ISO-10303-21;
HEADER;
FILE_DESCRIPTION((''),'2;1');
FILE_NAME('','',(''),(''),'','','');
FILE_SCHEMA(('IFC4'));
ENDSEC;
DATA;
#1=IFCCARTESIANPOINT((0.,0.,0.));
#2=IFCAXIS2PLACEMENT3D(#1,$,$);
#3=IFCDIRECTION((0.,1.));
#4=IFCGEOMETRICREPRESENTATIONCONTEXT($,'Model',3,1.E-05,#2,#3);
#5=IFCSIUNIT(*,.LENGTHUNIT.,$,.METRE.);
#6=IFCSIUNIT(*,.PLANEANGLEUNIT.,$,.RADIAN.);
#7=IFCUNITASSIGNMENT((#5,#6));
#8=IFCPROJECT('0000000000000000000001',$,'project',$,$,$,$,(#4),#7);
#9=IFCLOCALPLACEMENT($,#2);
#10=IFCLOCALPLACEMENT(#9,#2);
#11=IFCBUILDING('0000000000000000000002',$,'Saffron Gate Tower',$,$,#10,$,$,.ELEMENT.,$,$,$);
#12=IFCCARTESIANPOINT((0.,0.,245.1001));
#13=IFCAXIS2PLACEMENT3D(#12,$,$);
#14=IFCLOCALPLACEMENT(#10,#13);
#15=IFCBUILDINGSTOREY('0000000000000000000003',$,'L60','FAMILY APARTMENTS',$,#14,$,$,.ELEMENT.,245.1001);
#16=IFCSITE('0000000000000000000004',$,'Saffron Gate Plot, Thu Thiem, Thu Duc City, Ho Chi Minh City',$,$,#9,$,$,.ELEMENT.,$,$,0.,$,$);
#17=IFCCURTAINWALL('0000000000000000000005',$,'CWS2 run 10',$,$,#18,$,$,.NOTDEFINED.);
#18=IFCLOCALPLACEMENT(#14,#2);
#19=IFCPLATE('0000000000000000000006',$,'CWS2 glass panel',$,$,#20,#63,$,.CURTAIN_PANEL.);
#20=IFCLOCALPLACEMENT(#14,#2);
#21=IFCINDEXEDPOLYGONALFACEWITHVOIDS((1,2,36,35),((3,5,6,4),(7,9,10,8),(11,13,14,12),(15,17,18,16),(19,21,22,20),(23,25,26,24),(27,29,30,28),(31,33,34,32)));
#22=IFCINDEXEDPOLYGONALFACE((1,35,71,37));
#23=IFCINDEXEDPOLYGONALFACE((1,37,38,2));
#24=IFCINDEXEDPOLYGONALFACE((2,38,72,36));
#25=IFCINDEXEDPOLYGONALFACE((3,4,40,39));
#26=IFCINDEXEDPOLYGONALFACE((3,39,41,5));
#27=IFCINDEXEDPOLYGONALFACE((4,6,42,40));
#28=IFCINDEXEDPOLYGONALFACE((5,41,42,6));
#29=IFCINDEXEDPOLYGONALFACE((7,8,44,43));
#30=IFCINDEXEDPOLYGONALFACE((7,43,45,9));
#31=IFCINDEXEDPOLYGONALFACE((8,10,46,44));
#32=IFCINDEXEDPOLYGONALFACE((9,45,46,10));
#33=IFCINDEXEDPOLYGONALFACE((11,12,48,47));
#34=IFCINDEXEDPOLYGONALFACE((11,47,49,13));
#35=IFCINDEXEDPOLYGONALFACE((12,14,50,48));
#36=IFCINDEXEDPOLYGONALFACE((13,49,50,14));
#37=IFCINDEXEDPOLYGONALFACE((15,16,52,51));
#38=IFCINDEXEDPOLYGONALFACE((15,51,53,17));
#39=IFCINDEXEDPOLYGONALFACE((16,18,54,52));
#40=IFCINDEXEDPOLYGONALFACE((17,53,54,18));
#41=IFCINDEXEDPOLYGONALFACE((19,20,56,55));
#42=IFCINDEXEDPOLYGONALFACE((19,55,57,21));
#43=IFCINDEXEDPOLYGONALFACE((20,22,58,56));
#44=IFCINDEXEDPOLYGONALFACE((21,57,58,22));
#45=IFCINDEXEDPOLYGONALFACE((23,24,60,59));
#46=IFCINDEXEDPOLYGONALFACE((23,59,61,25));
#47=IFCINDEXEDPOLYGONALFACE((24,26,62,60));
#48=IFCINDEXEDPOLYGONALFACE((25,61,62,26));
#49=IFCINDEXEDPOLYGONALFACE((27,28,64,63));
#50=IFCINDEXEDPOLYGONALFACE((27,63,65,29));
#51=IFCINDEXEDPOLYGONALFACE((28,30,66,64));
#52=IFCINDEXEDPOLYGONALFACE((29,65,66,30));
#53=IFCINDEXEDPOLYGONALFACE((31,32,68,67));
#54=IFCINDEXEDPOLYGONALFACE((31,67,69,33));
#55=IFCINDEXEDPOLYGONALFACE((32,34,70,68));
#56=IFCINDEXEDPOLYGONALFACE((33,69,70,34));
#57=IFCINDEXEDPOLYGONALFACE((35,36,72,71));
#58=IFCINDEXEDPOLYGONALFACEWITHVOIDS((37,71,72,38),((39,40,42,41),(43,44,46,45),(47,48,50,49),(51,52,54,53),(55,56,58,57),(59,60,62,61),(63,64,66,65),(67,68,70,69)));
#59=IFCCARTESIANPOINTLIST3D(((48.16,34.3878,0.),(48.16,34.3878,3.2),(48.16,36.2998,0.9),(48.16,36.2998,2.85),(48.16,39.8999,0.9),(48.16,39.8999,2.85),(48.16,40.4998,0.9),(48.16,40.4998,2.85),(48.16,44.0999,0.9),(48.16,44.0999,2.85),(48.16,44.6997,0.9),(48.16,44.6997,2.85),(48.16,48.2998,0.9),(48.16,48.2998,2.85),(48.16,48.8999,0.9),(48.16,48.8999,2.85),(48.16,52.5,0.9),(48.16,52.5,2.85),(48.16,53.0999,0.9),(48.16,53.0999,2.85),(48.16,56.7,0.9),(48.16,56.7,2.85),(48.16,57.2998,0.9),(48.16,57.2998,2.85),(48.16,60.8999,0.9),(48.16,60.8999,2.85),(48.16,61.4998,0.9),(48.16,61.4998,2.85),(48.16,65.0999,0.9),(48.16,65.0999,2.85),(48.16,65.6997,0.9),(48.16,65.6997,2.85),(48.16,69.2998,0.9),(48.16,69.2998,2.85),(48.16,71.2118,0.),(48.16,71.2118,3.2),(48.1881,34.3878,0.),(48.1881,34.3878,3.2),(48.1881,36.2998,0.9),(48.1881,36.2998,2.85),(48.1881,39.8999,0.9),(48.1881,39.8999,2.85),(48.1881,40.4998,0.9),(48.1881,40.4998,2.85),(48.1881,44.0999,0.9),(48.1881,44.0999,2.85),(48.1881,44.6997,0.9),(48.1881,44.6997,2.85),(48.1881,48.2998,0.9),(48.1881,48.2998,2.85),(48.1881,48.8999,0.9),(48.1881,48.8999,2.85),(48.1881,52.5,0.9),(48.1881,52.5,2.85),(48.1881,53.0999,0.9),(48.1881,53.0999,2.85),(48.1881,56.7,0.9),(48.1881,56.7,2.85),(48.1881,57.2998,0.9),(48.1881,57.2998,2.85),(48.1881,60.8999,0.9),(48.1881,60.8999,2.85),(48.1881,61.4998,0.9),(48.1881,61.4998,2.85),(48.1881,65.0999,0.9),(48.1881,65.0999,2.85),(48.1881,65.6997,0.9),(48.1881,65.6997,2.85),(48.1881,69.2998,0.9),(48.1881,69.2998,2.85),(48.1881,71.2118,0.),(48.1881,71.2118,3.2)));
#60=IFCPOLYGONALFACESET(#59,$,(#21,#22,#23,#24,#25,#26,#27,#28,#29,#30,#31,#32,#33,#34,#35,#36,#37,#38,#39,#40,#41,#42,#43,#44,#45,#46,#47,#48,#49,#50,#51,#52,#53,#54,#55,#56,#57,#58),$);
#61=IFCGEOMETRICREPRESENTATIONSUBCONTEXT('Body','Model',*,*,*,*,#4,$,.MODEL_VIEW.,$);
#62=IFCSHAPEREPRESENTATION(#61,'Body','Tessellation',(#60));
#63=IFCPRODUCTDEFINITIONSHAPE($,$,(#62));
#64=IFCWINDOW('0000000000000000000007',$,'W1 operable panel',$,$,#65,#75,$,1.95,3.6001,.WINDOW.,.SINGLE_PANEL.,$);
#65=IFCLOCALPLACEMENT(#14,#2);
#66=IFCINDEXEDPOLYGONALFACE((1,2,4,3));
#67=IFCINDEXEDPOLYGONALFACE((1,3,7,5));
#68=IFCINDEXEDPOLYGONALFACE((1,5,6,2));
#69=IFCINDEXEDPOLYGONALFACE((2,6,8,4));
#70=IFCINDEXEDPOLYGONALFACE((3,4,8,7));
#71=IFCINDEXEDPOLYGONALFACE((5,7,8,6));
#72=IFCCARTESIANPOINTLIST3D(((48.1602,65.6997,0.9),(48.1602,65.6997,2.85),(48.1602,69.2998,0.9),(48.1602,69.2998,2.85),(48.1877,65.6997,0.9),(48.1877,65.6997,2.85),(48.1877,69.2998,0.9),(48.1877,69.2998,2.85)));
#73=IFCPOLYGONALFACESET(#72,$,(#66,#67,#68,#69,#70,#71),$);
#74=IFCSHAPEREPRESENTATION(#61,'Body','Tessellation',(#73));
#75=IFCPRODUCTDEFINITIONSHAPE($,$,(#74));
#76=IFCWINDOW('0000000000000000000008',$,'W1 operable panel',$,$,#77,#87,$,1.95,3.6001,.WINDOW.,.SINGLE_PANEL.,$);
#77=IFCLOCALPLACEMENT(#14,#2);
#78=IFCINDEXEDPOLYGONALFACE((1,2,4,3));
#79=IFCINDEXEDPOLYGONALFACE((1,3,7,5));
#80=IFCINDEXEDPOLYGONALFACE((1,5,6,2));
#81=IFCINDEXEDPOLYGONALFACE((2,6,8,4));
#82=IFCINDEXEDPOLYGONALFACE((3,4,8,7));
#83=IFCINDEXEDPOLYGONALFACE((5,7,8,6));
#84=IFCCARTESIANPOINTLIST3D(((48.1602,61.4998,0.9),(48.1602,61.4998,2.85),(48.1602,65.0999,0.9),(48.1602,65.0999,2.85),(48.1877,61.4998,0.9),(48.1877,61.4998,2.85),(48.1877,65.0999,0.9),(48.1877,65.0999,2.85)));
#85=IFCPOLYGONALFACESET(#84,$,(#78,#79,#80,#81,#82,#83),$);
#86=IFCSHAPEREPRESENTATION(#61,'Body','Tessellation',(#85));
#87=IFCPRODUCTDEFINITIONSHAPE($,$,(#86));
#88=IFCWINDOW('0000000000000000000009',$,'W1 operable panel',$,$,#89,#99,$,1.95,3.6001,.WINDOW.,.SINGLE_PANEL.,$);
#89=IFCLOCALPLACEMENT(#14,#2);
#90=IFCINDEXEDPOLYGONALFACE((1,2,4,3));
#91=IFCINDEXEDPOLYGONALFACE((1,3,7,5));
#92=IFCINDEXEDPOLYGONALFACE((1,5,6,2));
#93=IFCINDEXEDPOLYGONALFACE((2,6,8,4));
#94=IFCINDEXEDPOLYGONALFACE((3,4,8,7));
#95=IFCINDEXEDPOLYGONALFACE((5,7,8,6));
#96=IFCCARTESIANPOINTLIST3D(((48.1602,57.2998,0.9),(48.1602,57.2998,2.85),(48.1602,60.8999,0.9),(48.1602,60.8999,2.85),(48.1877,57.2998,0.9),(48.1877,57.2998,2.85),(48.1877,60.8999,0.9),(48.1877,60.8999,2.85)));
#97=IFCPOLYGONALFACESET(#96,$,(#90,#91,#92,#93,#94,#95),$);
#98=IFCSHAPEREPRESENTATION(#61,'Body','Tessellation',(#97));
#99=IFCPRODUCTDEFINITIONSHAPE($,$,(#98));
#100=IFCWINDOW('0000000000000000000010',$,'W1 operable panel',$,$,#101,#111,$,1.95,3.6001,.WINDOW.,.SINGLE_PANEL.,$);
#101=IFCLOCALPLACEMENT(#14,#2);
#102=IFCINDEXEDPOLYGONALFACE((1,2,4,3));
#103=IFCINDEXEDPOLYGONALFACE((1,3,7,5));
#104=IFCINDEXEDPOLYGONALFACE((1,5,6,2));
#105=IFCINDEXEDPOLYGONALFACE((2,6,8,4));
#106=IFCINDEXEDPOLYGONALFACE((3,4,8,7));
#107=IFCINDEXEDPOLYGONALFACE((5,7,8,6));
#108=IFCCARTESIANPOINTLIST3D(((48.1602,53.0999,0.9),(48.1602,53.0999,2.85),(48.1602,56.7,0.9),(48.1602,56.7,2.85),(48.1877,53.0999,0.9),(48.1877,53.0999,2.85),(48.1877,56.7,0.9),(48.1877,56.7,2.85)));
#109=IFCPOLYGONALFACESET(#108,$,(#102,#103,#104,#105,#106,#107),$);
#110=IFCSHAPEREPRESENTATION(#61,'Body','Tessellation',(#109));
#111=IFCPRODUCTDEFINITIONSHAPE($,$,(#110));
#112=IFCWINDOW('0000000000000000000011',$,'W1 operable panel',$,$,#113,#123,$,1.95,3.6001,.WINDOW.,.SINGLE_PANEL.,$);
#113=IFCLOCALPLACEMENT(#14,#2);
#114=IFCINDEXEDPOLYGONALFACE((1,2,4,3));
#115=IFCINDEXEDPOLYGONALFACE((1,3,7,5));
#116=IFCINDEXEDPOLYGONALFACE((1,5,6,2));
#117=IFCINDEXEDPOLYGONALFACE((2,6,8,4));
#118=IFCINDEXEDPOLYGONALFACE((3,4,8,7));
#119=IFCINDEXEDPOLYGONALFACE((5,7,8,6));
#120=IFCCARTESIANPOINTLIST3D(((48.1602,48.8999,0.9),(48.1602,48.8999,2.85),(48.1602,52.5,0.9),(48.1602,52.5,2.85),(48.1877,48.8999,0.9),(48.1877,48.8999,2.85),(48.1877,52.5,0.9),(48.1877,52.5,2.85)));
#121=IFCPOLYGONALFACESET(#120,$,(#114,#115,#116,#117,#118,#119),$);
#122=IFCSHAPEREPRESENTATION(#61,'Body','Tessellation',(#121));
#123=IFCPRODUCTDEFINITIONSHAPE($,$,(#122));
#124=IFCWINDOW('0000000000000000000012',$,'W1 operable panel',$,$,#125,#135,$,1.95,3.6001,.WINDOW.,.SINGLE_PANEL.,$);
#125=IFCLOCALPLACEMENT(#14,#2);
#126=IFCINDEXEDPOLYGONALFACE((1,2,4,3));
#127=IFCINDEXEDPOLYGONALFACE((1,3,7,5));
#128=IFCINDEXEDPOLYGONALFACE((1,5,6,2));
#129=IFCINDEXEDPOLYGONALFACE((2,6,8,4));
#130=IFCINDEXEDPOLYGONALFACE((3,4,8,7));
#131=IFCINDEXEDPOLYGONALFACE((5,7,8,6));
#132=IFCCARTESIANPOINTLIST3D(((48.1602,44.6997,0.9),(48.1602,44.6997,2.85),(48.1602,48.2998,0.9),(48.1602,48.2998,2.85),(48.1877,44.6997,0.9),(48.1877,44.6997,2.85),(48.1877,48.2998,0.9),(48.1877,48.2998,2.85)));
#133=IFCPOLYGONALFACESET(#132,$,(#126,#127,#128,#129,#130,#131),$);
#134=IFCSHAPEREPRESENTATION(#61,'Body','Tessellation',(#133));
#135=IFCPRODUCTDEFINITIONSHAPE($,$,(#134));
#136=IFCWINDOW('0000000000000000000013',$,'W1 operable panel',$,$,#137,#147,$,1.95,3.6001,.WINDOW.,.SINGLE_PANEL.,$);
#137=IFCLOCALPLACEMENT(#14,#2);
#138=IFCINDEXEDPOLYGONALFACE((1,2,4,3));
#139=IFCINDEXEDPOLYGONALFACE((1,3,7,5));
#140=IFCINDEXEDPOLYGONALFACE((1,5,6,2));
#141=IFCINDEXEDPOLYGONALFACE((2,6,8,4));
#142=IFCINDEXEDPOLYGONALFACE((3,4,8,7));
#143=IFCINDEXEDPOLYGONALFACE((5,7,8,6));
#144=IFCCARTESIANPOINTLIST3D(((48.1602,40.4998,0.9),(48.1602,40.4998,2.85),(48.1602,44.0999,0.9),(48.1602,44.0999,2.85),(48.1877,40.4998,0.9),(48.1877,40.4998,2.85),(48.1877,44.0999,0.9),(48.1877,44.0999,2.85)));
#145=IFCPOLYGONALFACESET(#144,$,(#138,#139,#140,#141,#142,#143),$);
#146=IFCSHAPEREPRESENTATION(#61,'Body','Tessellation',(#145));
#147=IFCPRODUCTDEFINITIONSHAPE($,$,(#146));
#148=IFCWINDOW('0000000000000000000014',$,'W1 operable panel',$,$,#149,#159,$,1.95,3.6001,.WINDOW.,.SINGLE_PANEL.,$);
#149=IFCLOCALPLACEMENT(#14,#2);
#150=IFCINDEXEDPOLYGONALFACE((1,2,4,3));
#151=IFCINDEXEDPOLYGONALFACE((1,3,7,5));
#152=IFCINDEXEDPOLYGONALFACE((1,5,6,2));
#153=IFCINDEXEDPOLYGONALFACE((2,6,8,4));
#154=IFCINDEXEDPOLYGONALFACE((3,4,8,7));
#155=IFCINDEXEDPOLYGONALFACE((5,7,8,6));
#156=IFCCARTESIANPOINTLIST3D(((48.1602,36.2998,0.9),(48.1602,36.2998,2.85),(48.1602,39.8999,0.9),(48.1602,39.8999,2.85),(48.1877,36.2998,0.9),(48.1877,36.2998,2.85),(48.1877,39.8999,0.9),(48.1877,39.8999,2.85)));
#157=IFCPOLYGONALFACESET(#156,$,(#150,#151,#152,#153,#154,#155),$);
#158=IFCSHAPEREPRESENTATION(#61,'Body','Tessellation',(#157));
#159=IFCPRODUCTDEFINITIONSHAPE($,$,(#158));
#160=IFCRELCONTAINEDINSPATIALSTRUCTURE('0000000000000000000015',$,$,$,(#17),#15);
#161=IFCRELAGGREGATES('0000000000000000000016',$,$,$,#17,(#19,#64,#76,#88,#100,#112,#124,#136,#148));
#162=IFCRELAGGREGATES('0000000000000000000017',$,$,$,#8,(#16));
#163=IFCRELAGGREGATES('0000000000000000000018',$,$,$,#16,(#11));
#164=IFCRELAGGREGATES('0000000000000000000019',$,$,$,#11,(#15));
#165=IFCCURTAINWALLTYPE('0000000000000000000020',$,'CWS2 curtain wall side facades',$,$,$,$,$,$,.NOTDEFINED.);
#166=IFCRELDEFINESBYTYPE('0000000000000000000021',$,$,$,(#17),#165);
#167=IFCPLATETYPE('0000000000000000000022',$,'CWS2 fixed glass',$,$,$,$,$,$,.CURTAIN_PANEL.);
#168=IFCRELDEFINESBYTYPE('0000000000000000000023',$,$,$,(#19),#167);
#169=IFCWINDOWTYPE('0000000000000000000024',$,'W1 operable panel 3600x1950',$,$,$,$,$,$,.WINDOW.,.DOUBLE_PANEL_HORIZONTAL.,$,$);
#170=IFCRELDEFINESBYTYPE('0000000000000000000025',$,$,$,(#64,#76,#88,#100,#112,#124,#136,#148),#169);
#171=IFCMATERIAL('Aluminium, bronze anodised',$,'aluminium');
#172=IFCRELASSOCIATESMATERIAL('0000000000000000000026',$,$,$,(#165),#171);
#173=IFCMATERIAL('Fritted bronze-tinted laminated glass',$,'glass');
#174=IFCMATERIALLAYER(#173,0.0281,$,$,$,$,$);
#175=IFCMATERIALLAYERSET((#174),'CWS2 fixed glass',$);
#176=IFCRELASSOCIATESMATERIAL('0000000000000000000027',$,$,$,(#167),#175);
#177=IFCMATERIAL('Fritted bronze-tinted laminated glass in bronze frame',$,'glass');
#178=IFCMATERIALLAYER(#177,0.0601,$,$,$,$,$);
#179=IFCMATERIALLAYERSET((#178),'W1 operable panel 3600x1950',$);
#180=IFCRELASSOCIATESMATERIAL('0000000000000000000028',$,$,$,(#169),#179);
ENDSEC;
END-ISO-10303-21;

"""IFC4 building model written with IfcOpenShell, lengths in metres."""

from ifc_helpers import new_model, si_unit, direction, frame, frame_2d, origin, place, context, subcontext, project, spatial, rectangle, extrude, material, layer, layer_set, type_object, element, fill, aggregate, save


model = new_model("IFC4")

# Units and contexts
model_context = context("Model", 3, precision=1e-05, world=origin(), true_north=direction((0.0, 1.0)))
body_context = subcontext(model_context, "Body", "Model", "MODEL_VIEW")
ifc_project = project(units=[si_unit("LENGTHUNIT", "METRE"), si_unit("PLANEANGLEUNIT", "RADIAN")], contexts=[model_context])

# Site, building, storey
site_placement = place(None, origin())
site = spatial("IfcSite", under=ifc_project, at=site_placement, Name="Saffron Gate Plot, Thu Thiem, Thu Duc City, Ho Chi Minh City", CompositionType="ELEMENT", RefElevation=0.0)
building_placement = place(site_placement, origin())
building = spatial("IfcBuilding", under=site, at=building_placement, Name="Saffron Gate Tower", CompositionType="ELEMENT")
storey_placement = place(building_placement, frame((0.0, 0.0, 245.1001)))
storey = spatial("IfcBuildingStorey", under=building, at=storey_placement, Name="L60", Description="FAMILY APARTMENTS", CompositionType="ELEMENT", Elevation=245.1001)

# Curtain wall
ifc_material_1 = material(Name="Aluminium, bronze anodised", Category="aluminium")
curtain_wall_type_1 = type_object("IfcCurtainWallType", Name="CWS2 curtain wall side facades", PredefinedType="NOTDEFINED", material=ifc_material_1)
curtain_wall_1_placement = place(storey_placement, origin())
curtain_wall_1 = element("IfcCurtainWall", 1, at=curtain_wall_1_placement, inside=storey, type_object=curtain_wall_type_1, Name="CWS2 run 10", PredefinedType="NOTDEFINED")

# Plate, openings, windows
ifc_material_2 = material(Name="Fritted bronze-tinted laminated glass", Category="glass")
ifc_layer_1 = layer(ifc_material_2, 0.0281)
ifc_layer_set_1 = layer_set([ifc_layer_1], Name="CWS2 fixed glass")
plate_type_1 = type_object("IfcPlateType", Name="CWS2 fixed glass", PredefinedType="CURTAIN_PANEL", material=ifc_layer_set_1)
plate_1_placement = place(storey_placement, frame((48.1741, 71.2119, 0.0), z_axis=(0.0, 0.0, 1.0), x_axis=(0.0, -1.0, 0.0)))
plate_1 = element("IfcPlate", 2, at=plate_1_placement, type_object=plate_type_1, Name="CWS2 glass panel", PredefinedType="CURTAIN_PANEL", context=body_context, shape_type="SweptSolid", body=[
    extrude(rectangle(XDim=36.824, YDim=0.0281, at=frame_2d((18.4121, 0.0))), origin(), (0.0, 0.0, 1.0), 3.2),
])
opening_1_placement = place(plate_1_placement, frame((1.9121, 0.0, 0.8999)))
opening_1 = element("IfcOpeningElement", 3, at=opening_1_placement, cuts=plate_1, PredefinedType="OPENING", context=body_context, shape_type="SweptSolid", body=[
    extrude(rectangle(XDim=3.6001, YDim=1.95, at=frame_2d((1.8, 0.9751))), frame((0.0, 0.0239, 0.0), z_axis=(0.0, -1.0, 0.0), x_axis=(1.0, 0.0, 0.0)), (0.0, 0.0, 1.0), 0.0481),
])
opening_2_placement = place(plate_1_placement, frame((6.1121, 0.0, 0.8999)))
opening_2 = element("IfcOpeningElement", 4, at=opening_2_placement, cuts=plate_1, PredefinedType="OPENING", context=body_context, shape_type="SweptSolid", body=[
    extrude(rectangle(XDim=3.6001, YDim=1.95, at=frame_2d((1.8, 0.9751))), frame((0.0, 0.0239, 0.0), z_axis=(0.0, -1.0, 0.0), x_axis=(1.0, 0.0, 0.0)), (0.0, 0.0, 1.0), 0.0481),
])
opening_3_placement = place(plate_1_placement, frame((10.312, 0.0, 0.8999)))
opening_3 = element("IfcOpeningElement", 5, at=opening_3_placement, cuts=plate_1, PredefinedType="OPENING", context=body_context, shape_type="SweptSolid", body=[
    extrude(rectangle(XDim=3.6001, YDim=1.95, at=frame_2d((1.8, 0.9751))), frame((0.0, 0.0239, 0.0), z_axis=(0.0, -1.0, 0.0), x_axis=(1.0, 0.0, 0.0)), (0.0, 0.0, 1.0), 0.0481),
])
opening_4_placement = place(plate_1_placement, frame((14.512, 0.0, 0.8999)))
opening_4 = element("IfcOpeningElement", 6, at=opening_4_placement, cuts=plate_1, PredefinedType="OPENING", context=body_context, shape_type="SweptSolid", body=[
    extrude(rectangle(XDim=3.6001, YDim=1.95, at=frame_2d((1.8, 0.9751))), frame((0.0, 0.0239, 0.0), z_axis=(0.0, -1.0, 0.0), x_axis=(1.0, 0.0, 0.0)), (0.0, 0.0, 1.0), 0.0481),
])
opening_5_placement = place(plate_1_placement, frame((18.7119, 0.0, 0.8999)))
opening_5 = element("IfcOpeningElement", 7, at=opening_5_placement, cuts=plate_1, PredefinedType="OPENING", context=body_context, shape_type="SweptSolid", body=[
    extrude(rectangle(XDim=3.6001, YDim=1.95, at=frame_2d((1.8, 0.9751))), frame((0.0, 0.0239, 0.0), z_axis=(0.0, -1.0, 0.0), x_axis=(1.0, 0.0, 0.0)), (0.0, 0.0, 1.0), 0.0481),
])
opening_6_placement = place(plate_1_placement, frame((22.9121, 0.0, 0.8999)))
opening_6 = element("IfcOpeningElement", 8, at=opening_6_placement, cuts=plate_1, PredefinedType="OPENING", context=body_context, shape_type="SweptSolid", body=[
    extrude(rectangle(XDim=3.6001, YDim=1.95, at=frame_2d((1.8, 0.9751))), frame((0.0, 0.0239, 0.0), z_axis=(0.0, -1.0, 0.0), x_axis=(1.0, 0.0, 0.0)), (0.0, 0.0, 1.0), 0.0481),
])
opening_7_placement = place(plate_1_placement, frame((27.1121, 0.0, 0.8999)))
opening_7 = element("IfcOpeningElement", 9, at=opening_7_placement, cuts=plate_1, PredefinedType="OPENING", context=body_context, shape_type="SweptSolid", body=[
    extrude(rectangle(XDim=3.6001, YDim=1.95, at=frame_2d((1.8, 0.9751))), frame((0.0, 0.0239, 0.0), z_axis=(0.0, -1.0, 0.0), x_axis=(1.0, 0.0, 0.0)), (0.0, 0.0, 1.0), 0.0481),
])
opening_8_placement = place(plate_1_placement, frame((31.312, 0.0, 0.8999)))
opening_8 = element("IfcOpeningElement", 10, at=opening_8_placement, cuts=plate_1, PredefinedType="OPENING", context=body_context, shape_type="SweptSolid", body=[
    extrude(rectangle(XDim=3.6001, YDim=1.95, at=frame_2d((1.8, 0.9751))), frame((0.0, 0.0239, 0.0), z_axis=(0.0, -1.0, 0.0), x_axis=(1.0, 0.0, 0.0)), (0.0, 0.0, 1.0), 0.0481),
])
ifc_material_3 = material(Name="Fritted bronze-tinted laminated glass in bronze frame", Category="glass")
ifc_layer_2 = layer(ifc_material_3, 0.0601)
ifc_layer_set_2 = layer_set([ifc_layer_2], Name="W1 operable panel 3600x1950")
window_type = type_object("IfcWindowType", Name="W1 operable panel 3600x1950", PartitioningType="DOUBLE_PANEL_HORIZONTAL", PredefinedType="WINDOW", material=ifc_layer_set_2)
window_1_placement = place(opening_1_placement, origin())
window_1 = element("IfcWindow", 11, at=window_1_placement, type_object=window_type, Name="W1 operable panel", OverallHeight=1.95, OverallWidth=3.6001, PartitioningType="SINGLE_PANEL", PredefinedType="WINDOW", context=body_context, shape_type="SweptSolid", body=[
    extrude(rectangle(XDim=3.6001, YDim=1.95, at=frame_2d((1.8, 0.9751))), frame((0.0, 0.0137, 0.0), z_axis=(0.0, -1.0, 0.0), x_axis=(1.0, 0.0, 0.0)), (0.0, 0.0, 1.0), 0.0276),
])
fill(opening_1, window_1)
window_2_placement = place(opening_2_placement, origin())
window_2 = element("IfcWindow", 12, at=window_2_placement, type_object=window_type, Name="W1 operable panel", OverallHeight=1.95, OverallWidth=3.6001, PartitioningType="SINGLE_PANEL", PredefinedType="WINDOW", context=body_context, shape_type="SweptSolid", body=[
    extrude(rectangle(XDim=3.6001, YDim=1.95, at=frame_2d((1.8, 0.9751))), frame((0.0, 0.0137, 0.0), z_axis=(0.0, -1.0, 0.0), x_axis=(1.0, 0.0, 0.0)), (0.0, 0.0, 1.0), 0.0276),
])
fill(opening_2, window_2)
window_3_placement = place(opening_3_placement, origin())
window_3 = element("IfcWindow", 13, at=window_3_placement, type_object=window_type, Name="W1 operable panel", OverallHeight=1.95, OverallWidth=3.6001, PartitioningType="SINGLE_PANEL", PredefinedType="WINDOW", context=body_context, shape_type="SweptSolid", body=[
    extrude(rectangle(XDim=3.6001, YDim=1.95, at=frame_2d((1.8, 0.9751))), frame((0.0, 0.0137, 0.0), z_axis=(0.0, -1.0, 0.0), x_axis=(1.0, 0.0, 0.0)), (0.0, 0.0, 1.0), 0.0276),
])
fill(opening_3, window_3)
window_4_placement = place(opening_4_placement, origin())
window_4 = element("IfcWindow", 14, at=window_4_placement, type_object=window_type, Name="W1 operable panel", OverallHeight=1.95, OverallWidth=3.6001, PartitioningType="SINGLE_PANEL", PredefinedType="WINDOW", context=body_context, shape_type="SweptSolid", body=[
    extrude(rectangle(XDim=3.6001, YDim=1.95, at=frame_2d((1.8, 0.9751))), frame((0.0, 0.0137, 0.0), z_axis=(0.0, -1.0, 0.0), x_axis=(1.0, 0.0, 0.0)), (0.0, 0.0, 1.0), 0.0276),
])
fill(opening_4, window_4)
window_5_placement = place(opening_5_placement, origin())
window_5 = element("IfcWindow", 15, at=window_5_placement, type_object=window_type, Name="W1 operable panel", OverallHeight=1.95, OverallWidth=3.6001, PartitioningType="SINGLE_PANEL", PredefinedType="WINDOW", context=body_context, shape_type="SweptSolid", body=[
    extrude(rectangle(XDim=3.6001, YDim=1.95, at=frame_2d((1.8, 0.9751))), frame((0.0, 0.0137, 0.0), z_axis=(0.0, -1.0, 0.0), x_axis=(1.0, 0.0, 0.0)), (0.0, 0.0, 1.0), 0.0276),
])
fill(opening_5, window_5)
window_6_placement = place(opening_6_placement, origin())
window_6 = element("IfcWindow", 16, at=window_6_placement, type_object=window_type, Name="W1 operable panel", OverallHeight=1.95, OverallWidth=3.6001, PartitioningType="SINGLE_PANEL", PredefinedType="WINDOW", context=body_context, shape_type="SweptSolid", body=[
    extrude(rectangle(XDim=3.6001, YDim=1.95, at=frame_2d((1.8, 0.9751))), frame((0.0, 0.0137, 0.0), z_axis=(0.0, -1.0, 0.0), x_axis=(1.0, 0.0, 0.0)), (0.0, 0.0, 1.0), 0.0276),
])
fill(opening_6, window_6)
window_7_placement = place(opening_7_placement, origin())
window_7 = element("IfcWindow", 17, at=window_7_placement, type_object=window_type, Name="W1 operable panel", OverallHeight=1.95, OverallWidth=3.6001, PartitioningType="SINGLE_PANEL", PredefinedType="WINDOW", context=body_context, shape_type="SweptSolid", body=[
    extrude(rectangle(XDim=3.6001, YDim=1.95, at=frame_2d((1.8, 0.9751))), frame((0.0, 0.0137, 0.0), z_axis=(0.0, -1.0, 0.0), x_axis=(1.0, 0.0, 0.0)), (0.0, 0.0, 1.0), 0.0276),
])
fill(opening_7, window_7)
window_8_placement = place(opening_8_placement, origin())
window_8 = element("IfcWindow", 18, at=window_8_placement, type_object=window_type, Name="W1 operable panel", OverallHeight=1.95, OverallWidth=3.6001, PartitioningType="SINGLE_PANEL", PredefinedType="WINDOW", context=body_context, shape_type="SweptSolid", body=[
    extrude(rectangle(XDim=3.6001, YDim=1.95, at=frame_2d((1.8, 0.9751))), frame((0.0, 0.0137, 0.0), z_axis=(0.0, -1.0, 0.0), x_axis=(1.0, 0.0, 0.0)), (0.0, 0.0, 1.0), 0.0276),
])
fill(opening_8, window_8)
aggregate(curtain_wall_1, [plate_1, window_1, window_2, window_3, window_4, window_5, window_6, window_7, window_8])

save(model, "model.ifc")
